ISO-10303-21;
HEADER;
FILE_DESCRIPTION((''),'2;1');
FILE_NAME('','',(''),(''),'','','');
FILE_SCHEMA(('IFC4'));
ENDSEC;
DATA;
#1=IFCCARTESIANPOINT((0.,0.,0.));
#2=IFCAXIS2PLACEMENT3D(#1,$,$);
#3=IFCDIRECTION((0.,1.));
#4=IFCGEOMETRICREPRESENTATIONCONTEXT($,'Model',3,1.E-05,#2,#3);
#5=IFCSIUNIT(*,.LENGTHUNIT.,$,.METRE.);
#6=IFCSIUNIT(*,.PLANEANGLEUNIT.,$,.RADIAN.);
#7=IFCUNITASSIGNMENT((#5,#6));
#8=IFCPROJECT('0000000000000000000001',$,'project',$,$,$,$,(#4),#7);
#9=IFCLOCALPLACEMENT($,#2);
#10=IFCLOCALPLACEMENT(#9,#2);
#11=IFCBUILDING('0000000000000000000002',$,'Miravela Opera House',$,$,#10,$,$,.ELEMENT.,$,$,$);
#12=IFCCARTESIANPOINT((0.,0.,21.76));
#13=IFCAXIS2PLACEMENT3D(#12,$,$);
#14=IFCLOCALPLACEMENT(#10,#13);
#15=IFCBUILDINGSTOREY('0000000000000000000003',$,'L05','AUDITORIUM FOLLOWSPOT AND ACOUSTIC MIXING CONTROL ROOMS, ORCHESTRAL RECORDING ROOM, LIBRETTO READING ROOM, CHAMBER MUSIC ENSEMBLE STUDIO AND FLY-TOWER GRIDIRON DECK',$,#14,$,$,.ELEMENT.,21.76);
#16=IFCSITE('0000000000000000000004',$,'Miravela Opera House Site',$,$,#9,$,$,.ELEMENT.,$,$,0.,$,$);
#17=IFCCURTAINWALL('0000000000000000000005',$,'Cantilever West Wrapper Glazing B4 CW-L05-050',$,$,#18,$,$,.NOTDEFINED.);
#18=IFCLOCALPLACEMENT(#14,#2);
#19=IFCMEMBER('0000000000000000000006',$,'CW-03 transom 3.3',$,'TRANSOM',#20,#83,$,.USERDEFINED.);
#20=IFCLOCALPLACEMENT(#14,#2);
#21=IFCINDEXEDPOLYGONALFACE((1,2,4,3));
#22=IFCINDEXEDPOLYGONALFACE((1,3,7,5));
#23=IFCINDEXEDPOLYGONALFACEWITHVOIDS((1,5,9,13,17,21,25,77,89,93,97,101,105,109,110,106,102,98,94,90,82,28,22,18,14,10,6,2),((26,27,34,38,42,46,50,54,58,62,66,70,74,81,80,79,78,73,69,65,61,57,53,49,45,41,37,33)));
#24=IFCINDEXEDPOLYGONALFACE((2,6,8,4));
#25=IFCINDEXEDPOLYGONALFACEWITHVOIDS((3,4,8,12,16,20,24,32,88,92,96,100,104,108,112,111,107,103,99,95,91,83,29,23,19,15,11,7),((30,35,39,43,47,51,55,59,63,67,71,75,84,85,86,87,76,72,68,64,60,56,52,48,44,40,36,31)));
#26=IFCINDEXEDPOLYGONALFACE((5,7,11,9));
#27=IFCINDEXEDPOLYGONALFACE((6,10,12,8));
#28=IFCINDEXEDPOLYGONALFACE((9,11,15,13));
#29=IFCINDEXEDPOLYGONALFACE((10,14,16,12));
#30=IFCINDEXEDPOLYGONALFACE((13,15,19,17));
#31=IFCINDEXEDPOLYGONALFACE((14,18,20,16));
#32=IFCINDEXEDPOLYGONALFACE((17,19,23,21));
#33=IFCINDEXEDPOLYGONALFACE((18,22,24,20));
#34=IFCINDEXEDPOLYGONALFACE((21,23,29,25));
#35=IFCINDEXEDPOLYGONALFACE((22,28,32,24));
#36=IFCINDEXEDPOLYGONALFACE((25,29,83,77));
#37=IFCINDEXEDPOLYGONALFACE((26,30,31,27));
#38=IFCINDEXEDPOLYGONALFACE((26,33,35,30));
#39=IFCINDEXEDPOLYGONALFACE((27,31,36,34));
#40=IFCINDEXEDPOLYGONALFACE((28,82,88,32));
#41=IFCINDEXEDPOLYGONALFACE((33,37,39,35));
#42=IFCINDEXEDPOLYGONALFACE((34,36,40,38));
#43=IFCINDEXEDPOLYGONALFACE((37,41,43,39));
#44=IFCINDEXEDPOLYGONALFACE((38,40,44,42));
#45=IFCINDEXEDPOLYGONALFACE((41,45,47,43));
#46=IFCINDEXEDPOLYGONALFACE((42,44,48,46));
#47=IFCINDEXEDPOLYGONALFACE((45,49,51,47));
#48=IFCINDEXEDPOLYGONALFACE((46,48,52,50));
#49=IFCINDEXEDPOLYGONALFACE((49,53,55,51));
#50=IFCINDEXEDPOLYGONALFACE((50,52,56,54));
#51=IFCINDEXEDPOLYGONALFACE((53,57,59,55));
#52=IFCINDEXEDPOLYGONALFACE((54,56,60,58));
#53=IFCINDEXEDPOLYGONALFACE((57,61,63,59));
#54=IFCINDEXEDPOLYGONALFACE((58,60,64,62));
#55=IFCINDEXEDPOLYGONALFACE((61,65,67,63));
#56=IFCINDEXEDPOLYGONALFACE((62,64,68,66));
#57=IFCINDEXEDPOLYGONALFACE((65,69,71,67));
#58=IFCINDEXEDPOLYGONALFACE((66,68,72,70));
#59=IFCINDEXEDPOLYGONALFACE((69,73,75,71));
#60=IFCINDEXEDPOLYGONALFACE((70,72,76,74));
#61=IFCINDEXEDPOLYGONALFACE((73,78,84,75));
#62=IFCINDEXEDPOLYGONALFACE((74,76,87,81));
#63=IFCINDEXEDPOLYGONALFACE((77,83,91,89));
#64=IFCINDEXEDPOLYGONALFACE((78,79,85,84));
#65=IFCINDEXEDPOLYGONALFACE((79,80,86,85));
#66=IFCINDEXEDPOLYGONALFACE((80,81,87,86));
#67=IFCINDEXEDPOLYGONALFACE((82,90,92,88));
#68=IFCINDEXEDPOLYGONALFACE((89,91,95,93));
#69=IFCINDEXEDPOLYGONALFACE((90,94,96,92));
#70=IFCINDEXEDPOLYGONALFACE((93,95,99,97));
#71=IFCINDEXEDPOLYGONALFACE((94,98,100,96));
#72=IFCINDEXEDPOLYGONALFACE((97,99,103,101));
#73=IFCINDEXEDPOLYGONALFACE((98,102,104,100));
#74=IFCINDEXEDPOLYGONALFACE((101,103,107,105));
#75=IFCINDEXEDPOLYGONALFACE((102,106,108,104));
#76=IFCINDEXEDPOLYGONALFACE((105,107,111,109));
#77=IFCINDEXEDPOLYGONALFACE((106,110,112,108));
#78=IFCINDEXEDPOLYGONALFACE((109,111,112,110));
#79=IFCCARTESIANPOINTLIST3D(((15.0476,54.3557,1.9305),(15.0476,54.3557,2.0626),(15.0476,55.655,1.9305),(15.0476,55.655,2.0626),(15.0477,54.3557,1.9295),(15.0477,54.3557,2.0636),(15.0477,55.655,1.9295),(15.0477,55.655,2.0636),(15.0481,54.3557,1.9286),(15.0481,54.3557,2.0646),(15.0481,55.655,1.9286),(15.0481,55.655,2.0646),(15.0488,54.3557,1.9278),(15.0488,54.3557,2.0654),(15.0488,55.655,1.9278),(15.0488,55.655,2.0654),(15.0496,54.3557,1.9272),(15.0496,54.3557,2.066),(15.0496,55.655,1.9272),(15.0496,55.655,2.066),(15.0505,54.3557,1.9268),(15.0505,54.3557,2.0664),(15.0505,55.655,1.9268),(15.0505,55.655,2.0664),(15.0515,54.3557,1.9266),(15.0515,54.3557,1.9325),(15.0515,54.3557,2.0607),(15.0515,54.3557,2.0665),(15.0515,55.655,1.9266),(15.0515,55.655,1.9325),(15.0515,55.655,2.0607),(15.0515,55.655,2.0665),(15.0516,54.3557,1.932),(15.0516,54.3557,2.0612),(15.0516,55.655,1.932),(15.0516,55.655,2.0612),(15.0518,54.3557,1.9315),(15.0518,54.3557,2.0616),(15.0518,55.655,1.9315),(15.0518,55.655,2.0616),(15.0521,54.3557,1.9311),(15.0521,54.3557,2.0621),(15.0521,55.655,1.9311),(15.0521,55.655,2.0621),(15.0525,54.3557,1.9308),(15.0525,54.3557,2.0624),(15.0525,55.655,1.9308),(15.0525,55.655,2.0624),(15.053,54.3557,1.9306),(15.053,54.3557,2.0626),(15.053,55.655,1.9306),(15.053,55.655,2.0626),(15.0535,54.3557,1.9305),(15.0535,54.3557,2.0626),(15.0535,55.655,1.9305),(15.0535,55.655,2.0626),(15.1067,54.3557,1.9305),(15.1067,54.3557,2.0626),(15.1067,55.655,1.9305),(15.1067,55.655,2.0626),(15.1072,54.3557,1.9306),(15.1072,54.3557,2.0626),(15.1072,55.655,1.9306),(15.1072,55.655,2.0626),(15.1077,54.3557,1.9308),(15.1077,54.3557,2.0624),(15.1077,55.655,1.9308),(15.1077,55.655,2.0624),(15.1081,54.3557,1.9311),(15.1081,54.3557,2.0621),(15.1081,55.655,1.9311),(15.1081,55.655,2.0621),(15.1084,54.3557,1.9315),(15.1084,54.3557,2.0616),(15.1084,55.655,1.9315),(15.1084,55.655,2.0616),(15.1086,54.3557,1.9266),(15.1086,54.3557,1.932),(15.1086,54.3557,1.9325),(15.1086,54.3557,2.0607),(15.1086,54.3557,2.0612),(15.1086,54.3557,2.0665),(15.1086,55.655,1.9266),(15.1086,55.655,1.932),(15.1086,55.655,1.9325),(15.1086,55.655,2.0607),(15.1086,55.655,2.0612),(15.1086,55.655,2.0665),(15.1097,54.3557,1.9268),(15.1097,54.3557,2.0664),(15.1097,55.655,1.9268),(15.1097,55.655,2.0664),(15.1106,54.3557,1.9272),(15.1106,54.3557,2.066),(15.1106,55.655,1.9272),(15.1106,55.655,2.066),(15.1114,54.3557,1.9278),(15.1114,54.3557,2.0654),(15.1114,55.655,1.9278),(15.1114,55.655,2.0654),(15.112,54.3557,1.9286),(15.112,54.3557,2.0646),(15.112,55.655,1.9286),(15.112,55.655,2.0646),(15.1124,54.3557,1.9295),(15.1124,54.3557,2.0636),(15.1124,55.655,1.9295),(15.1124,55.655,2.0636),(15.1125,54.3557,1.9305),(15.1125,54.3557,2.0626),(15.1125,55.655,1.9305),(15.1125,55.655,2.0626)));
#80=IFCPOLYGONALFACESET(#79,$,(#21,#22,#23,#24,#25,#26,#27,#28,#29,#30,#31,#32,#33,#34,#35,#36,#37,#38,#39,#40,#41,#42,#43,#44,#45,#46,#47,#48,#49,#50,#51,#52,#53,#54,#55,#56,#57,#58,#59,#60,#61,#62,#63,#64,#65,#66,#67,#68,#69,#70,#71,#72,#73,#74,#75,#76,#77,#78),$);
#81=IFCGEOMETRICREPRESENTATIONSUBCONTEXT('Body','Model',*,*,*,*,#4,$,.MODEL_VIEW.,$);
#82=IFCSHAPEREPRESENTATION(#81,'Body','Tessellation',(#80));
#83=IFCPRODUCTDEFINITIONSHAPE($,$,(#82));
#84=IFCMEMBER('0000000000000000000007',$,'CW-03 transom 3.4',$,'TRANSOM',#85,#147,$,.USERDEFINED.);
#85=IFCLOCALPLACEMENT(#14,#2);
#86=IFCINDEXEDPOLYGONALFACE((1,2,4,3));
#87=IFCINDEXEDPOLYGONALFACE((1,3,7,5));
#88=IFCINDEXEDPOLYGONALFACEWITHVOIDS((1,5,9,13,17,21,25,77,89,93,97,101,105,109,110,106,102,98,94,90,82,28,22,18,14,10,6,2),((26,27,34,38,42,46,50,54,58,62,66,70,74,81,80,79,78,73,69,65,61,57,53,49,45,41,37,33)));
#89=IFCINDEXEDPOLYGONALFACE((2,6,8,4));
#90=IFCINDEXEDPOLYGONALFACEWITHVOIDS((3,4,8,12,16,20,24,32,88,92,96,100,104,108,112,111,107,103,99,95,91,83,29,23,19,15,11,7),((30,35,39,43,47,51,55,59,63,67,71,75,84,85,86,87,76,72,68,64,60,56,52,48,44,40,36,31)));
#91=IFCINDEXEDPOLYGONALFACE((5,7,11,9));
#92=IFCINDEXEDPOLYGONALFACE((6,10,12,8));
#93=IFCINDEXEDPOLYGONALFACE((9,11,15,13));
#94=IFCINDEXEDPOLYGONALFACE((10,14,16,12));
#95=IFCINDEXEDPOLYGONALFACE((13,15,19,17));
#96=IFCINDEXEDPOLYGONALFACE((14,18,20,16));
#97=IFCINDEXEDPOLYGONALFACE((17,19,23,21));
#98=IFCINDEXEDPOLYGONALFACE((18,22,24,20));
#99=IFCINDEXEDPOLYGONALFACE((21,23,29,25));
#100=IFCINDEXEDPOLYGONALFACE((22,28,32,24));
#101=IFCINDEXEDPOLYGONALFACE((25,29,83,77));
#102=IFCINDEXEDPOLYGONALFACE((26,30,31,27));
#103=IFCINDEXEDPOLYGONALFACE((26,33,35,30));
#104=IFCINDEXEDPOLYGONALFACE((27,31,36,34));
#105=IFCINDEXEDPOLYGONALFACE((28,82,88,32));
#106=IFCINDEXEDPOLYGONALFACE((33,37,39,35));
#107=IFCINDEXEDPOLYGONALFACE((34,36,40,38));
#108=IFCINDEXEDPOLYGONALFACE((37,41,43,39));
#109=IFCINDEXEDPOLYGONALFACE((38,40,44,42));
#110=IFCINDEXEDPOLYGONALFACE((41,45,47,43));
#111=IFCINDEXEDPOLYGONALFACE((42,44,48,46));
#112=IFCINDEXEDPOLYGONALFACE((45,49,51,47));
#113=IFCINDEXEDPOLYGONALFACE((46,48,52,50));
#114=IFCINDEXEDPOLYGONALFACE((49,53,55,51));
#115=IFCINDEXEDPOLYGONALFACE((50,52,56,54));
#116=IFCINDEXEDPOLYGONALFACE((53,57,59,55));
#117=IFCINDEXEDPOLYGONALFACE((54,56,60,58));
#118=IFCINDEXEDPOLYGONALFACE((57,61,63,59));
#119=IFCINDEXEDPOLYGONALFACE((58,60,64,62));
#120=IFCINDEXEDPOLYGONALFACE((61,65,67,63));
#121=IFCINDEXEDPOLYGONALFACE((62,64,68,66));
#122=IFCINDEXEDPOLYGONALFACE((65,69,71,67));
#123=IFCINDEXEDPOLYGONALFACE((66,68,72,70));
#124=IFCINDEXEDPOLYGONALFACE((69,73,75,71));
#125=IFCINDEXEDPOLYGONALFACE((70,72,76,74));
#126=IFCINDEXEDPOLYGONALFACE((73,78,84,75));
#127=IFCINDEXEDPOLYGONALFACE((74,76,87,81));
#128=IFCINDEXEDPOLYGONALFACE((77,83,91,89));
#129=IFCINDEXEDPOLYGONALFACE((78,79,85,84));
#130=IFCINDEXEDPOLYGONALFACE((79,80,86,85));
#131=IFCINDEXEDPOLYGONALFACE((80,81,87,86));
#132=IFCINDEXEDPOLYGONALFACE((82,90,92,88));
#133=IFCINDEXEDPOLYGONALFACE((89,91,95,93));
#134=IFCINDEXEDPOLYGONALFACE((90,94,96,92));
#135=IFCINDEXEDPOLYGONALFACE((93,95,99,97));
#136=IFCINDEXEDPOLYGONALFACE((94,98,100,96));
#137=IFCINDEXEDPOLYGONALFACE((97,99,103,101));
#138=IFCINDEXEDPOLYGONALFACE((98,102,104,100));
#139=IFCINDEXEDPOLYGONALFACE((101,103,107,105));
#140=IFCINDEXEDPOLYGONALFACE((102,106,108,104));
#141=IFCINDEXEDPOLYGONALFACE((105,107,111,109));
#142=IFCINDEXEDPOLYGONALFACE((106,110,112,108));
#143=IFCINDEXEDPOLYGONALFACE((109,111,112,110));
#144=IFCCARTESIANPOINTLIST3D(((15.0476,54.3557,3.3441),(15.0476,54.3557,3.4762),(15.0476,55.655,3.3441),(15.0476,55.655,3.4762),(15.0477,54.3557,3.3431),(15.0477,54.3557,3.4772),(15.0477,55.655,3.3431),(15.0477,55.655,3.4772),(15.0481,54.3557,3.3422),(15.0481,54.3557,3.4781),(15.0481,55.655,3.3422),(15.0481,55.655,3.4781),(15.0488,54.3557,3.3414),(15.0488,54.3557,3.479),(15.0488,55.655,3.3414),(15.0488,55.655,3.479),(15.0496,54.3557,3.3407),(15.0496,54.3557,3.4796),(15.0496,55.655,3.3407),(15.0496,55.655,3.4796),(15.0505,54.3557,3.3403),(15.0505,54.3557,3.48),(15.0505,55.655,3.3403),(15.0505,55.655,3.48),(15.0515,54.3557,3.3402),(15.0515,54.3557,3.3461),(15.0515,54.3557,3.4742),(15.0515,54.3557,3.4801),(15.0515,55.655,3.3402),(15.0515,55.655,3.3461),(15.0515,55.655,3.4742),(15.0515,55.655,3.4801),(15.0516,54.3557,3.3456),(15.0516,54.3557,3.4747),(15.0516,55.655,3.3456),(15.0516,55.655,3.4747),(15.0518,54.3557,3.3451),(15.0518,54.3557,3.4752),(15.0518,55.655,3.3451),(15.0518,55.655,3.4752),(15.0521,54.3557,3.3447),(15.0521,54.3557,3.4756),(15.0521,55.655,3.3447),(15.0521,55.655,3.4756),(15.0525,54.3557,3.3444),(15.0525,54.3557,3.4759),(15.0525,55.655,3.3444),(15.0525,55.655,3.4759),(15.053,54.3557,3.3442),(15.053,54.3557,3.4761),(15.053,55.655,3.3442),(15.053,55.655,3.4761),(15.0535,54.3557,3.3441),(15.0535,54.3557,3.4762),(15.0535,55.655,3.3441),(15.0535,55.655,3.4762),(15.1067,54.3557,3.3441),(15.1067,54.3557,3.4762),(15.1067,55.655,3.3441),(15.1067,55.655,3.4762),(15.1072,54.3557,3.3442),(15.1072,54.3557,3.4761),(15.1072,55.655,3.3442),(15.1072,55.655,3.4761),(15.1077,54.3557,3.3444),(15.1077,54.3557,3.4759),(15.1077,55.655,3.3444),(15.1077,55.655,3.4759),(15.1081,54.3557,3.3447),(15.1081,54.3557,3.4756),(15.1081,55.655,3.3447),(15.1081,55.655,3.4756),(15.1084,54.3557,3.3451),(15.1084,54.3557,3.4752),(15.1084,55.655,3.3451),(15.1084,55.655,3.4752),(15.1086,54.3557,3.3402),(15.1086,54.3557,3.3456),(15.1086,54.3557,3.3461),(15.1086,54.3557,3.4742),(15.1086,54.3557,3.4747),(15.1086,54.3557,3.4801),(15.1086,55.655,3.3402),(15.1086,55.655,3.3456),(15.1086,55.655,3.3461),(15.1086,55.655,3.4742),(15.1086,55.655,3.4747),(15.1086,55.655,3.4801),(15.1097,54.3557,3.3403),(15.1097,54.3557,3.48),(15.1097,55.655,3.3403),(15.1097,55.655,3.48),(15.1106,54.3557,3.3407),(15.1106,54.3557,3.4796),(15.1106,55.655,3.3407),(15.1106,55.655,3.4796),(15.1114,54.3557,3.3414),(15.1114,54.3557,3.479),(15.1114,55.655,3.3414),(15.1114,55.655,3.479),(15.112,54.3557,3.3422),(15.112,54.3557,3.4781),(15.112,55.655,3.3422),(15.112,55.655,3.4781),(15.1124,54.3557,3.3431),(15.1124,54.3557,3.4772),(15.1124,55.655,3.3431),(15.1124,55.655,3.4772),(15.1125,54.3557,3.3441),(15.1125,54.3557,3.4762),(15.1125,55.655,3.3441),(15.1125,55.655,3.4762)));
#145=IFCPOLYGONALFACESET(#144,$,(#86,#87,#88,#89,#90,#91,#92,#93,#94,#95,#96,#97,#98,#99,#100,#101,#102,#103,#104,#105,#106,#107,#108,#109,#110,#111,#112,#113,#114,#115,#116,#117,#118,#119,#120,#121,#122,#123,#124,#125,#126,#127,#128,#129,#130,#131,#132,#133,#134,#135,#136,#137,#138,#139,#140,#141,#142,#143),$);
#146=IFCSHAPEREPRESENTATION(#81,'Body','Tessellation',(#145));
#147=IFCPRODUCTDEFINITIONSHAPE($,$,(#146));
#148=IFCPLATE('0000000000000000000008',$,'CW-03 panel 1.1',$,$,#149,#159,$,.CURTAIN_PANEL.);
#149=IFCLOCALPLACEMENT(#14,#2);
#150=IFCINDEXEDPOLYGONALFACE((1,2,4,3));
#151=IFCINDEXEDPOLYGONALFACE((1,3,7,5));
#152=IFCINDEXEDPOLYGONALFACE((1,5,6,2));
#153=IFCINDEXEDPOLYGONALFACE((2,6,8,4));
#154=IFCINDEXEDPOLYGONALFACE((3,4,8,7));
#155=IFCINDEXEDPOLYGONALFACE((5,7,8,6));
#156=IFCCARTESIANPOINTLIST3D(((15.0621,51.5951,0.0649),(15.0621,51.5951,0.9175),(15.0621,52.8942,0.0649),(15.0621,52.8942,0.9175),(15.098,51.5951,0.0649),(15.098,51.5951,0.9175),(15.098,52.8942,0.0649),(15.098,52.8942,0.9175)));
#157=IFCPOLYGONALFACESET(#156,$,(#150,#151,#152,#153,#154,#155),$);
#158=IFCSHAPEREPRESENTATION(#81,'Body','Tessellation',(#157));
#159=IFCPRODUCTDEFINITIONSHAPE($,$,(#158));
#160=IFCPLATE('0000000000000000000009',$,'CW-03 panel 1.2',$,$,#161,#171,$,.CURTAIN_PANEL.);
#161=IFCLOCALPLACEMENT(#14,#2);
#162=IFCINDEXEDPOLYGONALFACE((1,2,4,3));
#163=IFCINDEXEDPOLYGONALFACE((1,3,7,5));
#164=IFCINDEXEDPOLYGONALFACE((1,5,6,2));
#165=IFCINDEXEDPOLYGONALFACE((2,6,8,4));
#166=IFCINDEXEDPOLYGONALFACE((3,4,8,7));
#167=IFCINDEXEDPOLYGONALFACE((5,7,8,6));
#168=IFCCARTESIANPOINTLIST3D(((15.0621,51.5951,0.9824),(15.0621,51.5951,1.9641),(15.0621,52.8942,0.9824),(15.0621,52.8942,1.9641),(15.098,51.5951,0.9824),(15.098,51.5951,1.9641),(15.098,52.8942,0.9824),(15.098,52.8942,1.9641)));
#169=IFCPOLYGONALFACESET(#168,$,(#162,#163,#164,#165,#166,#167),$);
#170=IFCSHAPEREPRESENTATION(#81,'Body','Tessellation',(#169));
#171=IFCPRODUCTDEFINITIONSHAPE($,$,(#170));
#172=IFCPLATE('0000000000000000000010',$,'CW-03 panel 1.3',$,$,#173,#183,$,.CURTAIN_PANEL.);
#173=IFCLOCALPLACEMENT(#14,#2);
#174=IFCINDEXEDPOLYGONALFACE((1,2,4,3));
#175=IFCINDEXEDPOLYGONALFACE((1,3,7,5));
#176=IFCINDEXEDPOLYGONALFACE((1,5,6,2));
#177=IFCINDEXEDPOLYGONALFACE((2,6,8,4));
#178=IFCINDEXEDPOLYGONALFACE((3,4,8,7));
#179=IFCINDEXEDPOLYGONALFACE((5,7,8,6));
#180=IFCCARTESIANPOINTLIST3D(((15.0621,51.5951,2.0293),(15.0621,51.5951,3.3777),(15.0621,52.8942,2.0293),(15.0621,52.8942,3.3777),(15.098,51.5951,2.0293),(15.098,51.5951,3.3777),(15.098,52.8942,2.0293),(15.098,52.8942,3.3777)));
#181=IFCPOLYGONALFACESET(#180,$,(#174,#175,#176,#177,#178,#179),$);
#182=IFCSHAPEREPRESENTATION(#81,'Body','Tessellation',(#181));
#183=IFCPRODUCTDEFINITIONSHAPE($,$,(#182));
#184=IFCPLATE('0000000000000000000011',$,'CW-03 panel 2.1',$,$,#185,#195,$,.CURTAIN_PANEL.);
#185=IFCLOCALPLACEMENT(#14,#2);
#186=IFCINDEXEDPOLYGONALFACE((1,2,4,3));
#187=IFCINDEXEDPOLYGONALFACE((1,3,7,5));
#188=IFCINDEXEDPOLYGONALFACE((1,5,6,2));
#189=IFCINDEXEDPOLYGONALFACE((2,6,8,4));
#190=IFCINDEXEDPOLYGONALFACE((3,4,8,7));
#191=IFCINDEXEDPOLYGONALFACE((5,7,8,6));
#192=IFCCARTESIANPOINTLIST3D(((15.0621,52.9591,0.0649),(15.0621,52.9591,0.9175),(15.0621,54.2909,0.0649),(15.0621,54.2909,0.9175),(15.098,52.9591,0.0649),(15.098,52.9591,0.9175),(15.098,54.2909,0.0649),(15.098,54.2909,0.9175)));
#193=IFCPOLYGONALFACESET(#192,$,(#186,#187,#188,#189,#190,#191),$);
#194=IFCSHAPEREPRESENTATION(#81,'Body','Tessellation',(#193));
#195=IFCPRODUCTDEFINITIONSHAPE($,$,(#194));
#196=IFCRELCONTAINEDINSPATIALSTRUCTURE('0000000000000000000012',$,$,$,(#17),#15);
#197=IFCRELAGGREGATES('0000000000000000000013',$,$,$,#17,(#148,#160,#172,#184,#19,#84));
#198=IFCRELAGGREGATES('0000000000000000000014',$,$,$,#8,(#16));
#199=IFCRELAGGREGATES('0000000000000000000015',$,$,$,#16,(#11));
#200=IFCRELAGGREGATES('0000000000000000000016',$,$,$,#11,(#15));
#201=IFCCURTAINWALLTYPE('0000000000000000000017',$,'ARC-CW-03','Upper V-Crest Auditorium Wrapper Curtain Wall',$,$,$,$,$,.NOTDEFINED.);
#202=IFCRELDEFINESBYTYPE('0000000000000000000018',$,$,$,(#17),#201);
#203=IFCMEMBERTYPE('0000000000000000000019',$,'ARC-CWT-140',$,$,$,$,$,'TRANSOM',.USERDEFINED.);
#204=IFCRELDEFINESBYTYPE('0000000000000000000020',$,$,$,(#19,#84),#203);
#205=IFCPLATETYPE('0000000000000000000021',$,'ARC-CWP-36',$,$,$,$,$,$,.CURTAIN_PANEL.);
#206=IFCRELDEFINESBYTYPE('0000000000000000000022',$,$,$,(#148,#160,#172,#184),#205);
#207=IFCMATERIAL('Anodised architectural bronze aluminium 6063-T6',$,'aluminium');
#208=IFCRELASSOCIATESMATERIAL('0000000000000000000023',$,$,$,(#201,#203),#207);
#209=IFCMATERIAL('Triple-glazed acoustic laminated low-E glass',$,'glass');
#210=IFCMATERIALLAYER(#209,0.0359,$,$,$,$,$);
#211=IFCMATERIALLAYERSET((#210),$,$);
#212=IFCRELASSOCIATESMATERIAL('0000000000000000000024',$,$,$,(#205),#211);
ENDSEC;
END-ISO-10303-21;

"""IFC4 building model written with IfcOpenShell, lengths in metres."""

from ifc_helpers import new_model, si_unit, direction, frame, origin, origin_2d, place, context, subcontext, project, spatial, rectangle, hollow_rectangle, extrude, material, layer, layer_set, material_profile, profile_set, type_object, element, aggregate, save


model = new_model("IFC4")

# Units and contexts
model_context = context("Model", 3, precision=1e-05, world=origin(), true_north=direction((0.0, 1.0)))
body_context = subcontext(model_context, "Body", "Model", "MODEL_VIEW")
ifc_project = project(units=[si_unit("LENGTHUNIT", "METRE"), si_unit("PLANEANGLEUNIT", "RADIAN")], contexts=[model_context])

# Site, building, storey
site_placement = place(None, origin())
site = spatial("IfcSite", under=ifc_project, at=site_placement, Name="Miravela Opera House Site", CompositionType="ELEMENT", RefElevation=0.0)
building_placement = place(site_placement, origin())
building = spatial("IfcBuilding", under=site, at=building_placement, Name="Miravela Opera House", CompositionType="ELEMENT")
storey_placement = place(building_placement, frame((0.0, 0.0, 21.76)))
storey = spatial("IfcBuildingStorey", under=building, at=storey_placement, Name="L05", Description="AUDITORIUM FOLLOWSPOT AND ACOUSTIC MIXING CONTROL ROOMS, ORCHESTRAL RECORDING ROOM, LIBRETTO READING ROOM, CHAMBER MUSIC ENSEMBLE STUDIO AND FLY-TOWER GRIDIRON DECK", CompositionType="ELEMENT", Elevation=21.76)

# Curtain wall, members, plates
ifc_material_1 = material(Name="Anodised architectural bronze aluminium 6063-T6", Category="aluminium")
curtain_wall_type = type_object("IfcCurtainWallType", Name="ARC-CW-03", Description="Upper V-Crest Auditorium Wrapper Curtain Wall", PredefinedType="NOTDEFINED", material=ifc_material_1)
curtain_wall_placement = place(storey_placement, origin())
curtain_wall = element("IfcCurtainWall", 1, at=curtain_wall_placement, inside=storey, type_object=curtain_wall_type, Name="Cantilever West Wrapper Glazing B4 CW-L05-050", PredefinedType="NOTDEFINED")
ifc_material_profile_1 = material_profile(ifc_material_1, hollow_rectangle(XDim=0.0649, YDim=0.1399, WallThickness=0.0039, InnerFilletRadius=0.002, OuterFilletRadius=0.0039, at=origin_2d()), Name="CWT-65X140")
ifc_profile_set_1 = profile_set([ifc_material_profile_1])
member_type_1 = type_object("IfcMemberType", Name="ARC-CWT-140", ElementType="TRANSOM", PredefinedType="USERDEFINED", material=ifc_profile_set_1)
member_1_placement = place(storey_placement, frame((15.0801, 54.3557, 1.9966), z_axis=(0.0, 1.0, 0.0), x_axis=(-1.0, 0.0, 0.0)))
member_1 = element("IfcMember", 2, at=member_1_placement, type_object=member_type_1, Name="CW-03 transom 3.3", ObjectType="TRANSOM", PredefinedType="USERDEFINED", context=body_context, shape_type="SweptSolid", body=[
    extrude(hollow_rectangle(XDim=0.0649, YDim=0.1399, WallThickness=0.0039, InnerFilletRadius=0.002, OuterFilletRadius=0.0039, at=origin_2d()), origin(), (0.0, 0.0, 1.0), 1.2993),
])
member_2_placement = place(storey_placement, frame((15.0801, 54.3557, 3.4102), z_axis=(0.0, 1.0, 0.0), x_axis=(-1.0, 0.0, 0.0)))
member_2 = element("IfcMember", 3, at=member_2_placement, type_object=member_type_1, Name="CW-03 transom 3.4", ObjectType="TRANSOM", PredefinedType="USERDEFINED", context=body_context, shape_type="SweptSolid", body=[
    extrude(hollow_rectangle(XDim=0.0649, YDim=0.1399, WallThickness=0.0039, InnerFilletRadius=0.002, OuterFilletRadius=0.0039, at=origin_2d()), origin(), (0.0, 0.0, 1.0), 1.2993),
])
ifc_material_2 = material(Name="Triple-glazed acoustic laminated low-E glass", Category="glass")
ifc_layer_1 = layer(ifc_material_2, 0.0359)
ifc_layer_set_1 = layer_set([ifc_layer_1])
plate_type = type_object("IfcPlateType", Name="ARC-CWP-36", PredefinedType="CURTAIN_PANEL", material=ifc_layer_set_1)
plate_1_placement = place(storey_placement, frame((15.0801, 52.2446, 0.0649), z_axis=(0.0, 0.0, 1.0), x_axis=(0.0, 1.0, 0.0)))
plate_1 = element("IfcPlate", 4, at=plate_1_placement, type_object=plate_type, Name="CW-03 panel 1.1", PredefinedType="CURTAIN_PANEL", context=body_context, shape_type="SweptSolid", body=[
    extrude(rectangle(XDim=1.2991, YDim=0.0359, at=origin_2d()), origin(), (0.0, 0.0, 1.0), 0.8525),
])
plate_2_placement = place(storey_placement, frame((15.0801, 52.2446, 0.9824), z_axis=(0.0, 0.0, 1.0), x_axis=(0.0, 1.0, 0.0)))
plate_2 = element("IfcPlate", 5, at=plate_2_placement, type_object=plate_type, Name="CW-03 panel 1.2", PredefinedType="CURTAIN_PANEL", context=body_context, shape_type="SweptSolid", body=[
    extrude(rectangle(XDim=1.2991, YDim=0.0359, at=origin_2d()), origin(), (0.0, 0.0, 1.0), 0.9817),
])
plate_3_placement = place(storey_placement, frame((15.0801, 52.2446, 2.0293), z_axis=(0.0, 0.0, 1.0), x_axis=(0.0, 1.0, 0.0)))
plate_3 = element("IfcPlate", 6, at=plate_3_placement, type_object=plate_type, Name="CW-03 panel 1.3", PredefinedType="CURTAIN_PANEL", context=body_context, shape_type="SweptSolid", body=[
    extrude(rectangle(XDim=1.2991, YDim=0.0359, at=origin_2d()), origin(), (0.0, 0.0, 1.0), 1.3484),
])
plate_4_placement = place(storey_placement, frame((15.0801, 53.625, 0.0649), z_axis=(0.0, 0.0, 1.0), x_axis=(0.0, 1.0, 0.0)))
plate_4 = element("IfcPlate", 7, at=plate_4_placement, type_object=plate_type, Name="CW-03 panel 2.1", PredefinedType="CURTAIN_PANEL", context=body_context, shape_type="SweptSolid", body=[
    extrude(rectangle(XDim=1.3318, YDim=0.0359, at=origin_2d()), origin(), (0.0, 0.0, 1.0), 0.8525),
])
aggregate(curtain_wall, [plate_1, plate_2, plate_3, plate_4, member_1, member_2])

save(model, "model.ifc")
